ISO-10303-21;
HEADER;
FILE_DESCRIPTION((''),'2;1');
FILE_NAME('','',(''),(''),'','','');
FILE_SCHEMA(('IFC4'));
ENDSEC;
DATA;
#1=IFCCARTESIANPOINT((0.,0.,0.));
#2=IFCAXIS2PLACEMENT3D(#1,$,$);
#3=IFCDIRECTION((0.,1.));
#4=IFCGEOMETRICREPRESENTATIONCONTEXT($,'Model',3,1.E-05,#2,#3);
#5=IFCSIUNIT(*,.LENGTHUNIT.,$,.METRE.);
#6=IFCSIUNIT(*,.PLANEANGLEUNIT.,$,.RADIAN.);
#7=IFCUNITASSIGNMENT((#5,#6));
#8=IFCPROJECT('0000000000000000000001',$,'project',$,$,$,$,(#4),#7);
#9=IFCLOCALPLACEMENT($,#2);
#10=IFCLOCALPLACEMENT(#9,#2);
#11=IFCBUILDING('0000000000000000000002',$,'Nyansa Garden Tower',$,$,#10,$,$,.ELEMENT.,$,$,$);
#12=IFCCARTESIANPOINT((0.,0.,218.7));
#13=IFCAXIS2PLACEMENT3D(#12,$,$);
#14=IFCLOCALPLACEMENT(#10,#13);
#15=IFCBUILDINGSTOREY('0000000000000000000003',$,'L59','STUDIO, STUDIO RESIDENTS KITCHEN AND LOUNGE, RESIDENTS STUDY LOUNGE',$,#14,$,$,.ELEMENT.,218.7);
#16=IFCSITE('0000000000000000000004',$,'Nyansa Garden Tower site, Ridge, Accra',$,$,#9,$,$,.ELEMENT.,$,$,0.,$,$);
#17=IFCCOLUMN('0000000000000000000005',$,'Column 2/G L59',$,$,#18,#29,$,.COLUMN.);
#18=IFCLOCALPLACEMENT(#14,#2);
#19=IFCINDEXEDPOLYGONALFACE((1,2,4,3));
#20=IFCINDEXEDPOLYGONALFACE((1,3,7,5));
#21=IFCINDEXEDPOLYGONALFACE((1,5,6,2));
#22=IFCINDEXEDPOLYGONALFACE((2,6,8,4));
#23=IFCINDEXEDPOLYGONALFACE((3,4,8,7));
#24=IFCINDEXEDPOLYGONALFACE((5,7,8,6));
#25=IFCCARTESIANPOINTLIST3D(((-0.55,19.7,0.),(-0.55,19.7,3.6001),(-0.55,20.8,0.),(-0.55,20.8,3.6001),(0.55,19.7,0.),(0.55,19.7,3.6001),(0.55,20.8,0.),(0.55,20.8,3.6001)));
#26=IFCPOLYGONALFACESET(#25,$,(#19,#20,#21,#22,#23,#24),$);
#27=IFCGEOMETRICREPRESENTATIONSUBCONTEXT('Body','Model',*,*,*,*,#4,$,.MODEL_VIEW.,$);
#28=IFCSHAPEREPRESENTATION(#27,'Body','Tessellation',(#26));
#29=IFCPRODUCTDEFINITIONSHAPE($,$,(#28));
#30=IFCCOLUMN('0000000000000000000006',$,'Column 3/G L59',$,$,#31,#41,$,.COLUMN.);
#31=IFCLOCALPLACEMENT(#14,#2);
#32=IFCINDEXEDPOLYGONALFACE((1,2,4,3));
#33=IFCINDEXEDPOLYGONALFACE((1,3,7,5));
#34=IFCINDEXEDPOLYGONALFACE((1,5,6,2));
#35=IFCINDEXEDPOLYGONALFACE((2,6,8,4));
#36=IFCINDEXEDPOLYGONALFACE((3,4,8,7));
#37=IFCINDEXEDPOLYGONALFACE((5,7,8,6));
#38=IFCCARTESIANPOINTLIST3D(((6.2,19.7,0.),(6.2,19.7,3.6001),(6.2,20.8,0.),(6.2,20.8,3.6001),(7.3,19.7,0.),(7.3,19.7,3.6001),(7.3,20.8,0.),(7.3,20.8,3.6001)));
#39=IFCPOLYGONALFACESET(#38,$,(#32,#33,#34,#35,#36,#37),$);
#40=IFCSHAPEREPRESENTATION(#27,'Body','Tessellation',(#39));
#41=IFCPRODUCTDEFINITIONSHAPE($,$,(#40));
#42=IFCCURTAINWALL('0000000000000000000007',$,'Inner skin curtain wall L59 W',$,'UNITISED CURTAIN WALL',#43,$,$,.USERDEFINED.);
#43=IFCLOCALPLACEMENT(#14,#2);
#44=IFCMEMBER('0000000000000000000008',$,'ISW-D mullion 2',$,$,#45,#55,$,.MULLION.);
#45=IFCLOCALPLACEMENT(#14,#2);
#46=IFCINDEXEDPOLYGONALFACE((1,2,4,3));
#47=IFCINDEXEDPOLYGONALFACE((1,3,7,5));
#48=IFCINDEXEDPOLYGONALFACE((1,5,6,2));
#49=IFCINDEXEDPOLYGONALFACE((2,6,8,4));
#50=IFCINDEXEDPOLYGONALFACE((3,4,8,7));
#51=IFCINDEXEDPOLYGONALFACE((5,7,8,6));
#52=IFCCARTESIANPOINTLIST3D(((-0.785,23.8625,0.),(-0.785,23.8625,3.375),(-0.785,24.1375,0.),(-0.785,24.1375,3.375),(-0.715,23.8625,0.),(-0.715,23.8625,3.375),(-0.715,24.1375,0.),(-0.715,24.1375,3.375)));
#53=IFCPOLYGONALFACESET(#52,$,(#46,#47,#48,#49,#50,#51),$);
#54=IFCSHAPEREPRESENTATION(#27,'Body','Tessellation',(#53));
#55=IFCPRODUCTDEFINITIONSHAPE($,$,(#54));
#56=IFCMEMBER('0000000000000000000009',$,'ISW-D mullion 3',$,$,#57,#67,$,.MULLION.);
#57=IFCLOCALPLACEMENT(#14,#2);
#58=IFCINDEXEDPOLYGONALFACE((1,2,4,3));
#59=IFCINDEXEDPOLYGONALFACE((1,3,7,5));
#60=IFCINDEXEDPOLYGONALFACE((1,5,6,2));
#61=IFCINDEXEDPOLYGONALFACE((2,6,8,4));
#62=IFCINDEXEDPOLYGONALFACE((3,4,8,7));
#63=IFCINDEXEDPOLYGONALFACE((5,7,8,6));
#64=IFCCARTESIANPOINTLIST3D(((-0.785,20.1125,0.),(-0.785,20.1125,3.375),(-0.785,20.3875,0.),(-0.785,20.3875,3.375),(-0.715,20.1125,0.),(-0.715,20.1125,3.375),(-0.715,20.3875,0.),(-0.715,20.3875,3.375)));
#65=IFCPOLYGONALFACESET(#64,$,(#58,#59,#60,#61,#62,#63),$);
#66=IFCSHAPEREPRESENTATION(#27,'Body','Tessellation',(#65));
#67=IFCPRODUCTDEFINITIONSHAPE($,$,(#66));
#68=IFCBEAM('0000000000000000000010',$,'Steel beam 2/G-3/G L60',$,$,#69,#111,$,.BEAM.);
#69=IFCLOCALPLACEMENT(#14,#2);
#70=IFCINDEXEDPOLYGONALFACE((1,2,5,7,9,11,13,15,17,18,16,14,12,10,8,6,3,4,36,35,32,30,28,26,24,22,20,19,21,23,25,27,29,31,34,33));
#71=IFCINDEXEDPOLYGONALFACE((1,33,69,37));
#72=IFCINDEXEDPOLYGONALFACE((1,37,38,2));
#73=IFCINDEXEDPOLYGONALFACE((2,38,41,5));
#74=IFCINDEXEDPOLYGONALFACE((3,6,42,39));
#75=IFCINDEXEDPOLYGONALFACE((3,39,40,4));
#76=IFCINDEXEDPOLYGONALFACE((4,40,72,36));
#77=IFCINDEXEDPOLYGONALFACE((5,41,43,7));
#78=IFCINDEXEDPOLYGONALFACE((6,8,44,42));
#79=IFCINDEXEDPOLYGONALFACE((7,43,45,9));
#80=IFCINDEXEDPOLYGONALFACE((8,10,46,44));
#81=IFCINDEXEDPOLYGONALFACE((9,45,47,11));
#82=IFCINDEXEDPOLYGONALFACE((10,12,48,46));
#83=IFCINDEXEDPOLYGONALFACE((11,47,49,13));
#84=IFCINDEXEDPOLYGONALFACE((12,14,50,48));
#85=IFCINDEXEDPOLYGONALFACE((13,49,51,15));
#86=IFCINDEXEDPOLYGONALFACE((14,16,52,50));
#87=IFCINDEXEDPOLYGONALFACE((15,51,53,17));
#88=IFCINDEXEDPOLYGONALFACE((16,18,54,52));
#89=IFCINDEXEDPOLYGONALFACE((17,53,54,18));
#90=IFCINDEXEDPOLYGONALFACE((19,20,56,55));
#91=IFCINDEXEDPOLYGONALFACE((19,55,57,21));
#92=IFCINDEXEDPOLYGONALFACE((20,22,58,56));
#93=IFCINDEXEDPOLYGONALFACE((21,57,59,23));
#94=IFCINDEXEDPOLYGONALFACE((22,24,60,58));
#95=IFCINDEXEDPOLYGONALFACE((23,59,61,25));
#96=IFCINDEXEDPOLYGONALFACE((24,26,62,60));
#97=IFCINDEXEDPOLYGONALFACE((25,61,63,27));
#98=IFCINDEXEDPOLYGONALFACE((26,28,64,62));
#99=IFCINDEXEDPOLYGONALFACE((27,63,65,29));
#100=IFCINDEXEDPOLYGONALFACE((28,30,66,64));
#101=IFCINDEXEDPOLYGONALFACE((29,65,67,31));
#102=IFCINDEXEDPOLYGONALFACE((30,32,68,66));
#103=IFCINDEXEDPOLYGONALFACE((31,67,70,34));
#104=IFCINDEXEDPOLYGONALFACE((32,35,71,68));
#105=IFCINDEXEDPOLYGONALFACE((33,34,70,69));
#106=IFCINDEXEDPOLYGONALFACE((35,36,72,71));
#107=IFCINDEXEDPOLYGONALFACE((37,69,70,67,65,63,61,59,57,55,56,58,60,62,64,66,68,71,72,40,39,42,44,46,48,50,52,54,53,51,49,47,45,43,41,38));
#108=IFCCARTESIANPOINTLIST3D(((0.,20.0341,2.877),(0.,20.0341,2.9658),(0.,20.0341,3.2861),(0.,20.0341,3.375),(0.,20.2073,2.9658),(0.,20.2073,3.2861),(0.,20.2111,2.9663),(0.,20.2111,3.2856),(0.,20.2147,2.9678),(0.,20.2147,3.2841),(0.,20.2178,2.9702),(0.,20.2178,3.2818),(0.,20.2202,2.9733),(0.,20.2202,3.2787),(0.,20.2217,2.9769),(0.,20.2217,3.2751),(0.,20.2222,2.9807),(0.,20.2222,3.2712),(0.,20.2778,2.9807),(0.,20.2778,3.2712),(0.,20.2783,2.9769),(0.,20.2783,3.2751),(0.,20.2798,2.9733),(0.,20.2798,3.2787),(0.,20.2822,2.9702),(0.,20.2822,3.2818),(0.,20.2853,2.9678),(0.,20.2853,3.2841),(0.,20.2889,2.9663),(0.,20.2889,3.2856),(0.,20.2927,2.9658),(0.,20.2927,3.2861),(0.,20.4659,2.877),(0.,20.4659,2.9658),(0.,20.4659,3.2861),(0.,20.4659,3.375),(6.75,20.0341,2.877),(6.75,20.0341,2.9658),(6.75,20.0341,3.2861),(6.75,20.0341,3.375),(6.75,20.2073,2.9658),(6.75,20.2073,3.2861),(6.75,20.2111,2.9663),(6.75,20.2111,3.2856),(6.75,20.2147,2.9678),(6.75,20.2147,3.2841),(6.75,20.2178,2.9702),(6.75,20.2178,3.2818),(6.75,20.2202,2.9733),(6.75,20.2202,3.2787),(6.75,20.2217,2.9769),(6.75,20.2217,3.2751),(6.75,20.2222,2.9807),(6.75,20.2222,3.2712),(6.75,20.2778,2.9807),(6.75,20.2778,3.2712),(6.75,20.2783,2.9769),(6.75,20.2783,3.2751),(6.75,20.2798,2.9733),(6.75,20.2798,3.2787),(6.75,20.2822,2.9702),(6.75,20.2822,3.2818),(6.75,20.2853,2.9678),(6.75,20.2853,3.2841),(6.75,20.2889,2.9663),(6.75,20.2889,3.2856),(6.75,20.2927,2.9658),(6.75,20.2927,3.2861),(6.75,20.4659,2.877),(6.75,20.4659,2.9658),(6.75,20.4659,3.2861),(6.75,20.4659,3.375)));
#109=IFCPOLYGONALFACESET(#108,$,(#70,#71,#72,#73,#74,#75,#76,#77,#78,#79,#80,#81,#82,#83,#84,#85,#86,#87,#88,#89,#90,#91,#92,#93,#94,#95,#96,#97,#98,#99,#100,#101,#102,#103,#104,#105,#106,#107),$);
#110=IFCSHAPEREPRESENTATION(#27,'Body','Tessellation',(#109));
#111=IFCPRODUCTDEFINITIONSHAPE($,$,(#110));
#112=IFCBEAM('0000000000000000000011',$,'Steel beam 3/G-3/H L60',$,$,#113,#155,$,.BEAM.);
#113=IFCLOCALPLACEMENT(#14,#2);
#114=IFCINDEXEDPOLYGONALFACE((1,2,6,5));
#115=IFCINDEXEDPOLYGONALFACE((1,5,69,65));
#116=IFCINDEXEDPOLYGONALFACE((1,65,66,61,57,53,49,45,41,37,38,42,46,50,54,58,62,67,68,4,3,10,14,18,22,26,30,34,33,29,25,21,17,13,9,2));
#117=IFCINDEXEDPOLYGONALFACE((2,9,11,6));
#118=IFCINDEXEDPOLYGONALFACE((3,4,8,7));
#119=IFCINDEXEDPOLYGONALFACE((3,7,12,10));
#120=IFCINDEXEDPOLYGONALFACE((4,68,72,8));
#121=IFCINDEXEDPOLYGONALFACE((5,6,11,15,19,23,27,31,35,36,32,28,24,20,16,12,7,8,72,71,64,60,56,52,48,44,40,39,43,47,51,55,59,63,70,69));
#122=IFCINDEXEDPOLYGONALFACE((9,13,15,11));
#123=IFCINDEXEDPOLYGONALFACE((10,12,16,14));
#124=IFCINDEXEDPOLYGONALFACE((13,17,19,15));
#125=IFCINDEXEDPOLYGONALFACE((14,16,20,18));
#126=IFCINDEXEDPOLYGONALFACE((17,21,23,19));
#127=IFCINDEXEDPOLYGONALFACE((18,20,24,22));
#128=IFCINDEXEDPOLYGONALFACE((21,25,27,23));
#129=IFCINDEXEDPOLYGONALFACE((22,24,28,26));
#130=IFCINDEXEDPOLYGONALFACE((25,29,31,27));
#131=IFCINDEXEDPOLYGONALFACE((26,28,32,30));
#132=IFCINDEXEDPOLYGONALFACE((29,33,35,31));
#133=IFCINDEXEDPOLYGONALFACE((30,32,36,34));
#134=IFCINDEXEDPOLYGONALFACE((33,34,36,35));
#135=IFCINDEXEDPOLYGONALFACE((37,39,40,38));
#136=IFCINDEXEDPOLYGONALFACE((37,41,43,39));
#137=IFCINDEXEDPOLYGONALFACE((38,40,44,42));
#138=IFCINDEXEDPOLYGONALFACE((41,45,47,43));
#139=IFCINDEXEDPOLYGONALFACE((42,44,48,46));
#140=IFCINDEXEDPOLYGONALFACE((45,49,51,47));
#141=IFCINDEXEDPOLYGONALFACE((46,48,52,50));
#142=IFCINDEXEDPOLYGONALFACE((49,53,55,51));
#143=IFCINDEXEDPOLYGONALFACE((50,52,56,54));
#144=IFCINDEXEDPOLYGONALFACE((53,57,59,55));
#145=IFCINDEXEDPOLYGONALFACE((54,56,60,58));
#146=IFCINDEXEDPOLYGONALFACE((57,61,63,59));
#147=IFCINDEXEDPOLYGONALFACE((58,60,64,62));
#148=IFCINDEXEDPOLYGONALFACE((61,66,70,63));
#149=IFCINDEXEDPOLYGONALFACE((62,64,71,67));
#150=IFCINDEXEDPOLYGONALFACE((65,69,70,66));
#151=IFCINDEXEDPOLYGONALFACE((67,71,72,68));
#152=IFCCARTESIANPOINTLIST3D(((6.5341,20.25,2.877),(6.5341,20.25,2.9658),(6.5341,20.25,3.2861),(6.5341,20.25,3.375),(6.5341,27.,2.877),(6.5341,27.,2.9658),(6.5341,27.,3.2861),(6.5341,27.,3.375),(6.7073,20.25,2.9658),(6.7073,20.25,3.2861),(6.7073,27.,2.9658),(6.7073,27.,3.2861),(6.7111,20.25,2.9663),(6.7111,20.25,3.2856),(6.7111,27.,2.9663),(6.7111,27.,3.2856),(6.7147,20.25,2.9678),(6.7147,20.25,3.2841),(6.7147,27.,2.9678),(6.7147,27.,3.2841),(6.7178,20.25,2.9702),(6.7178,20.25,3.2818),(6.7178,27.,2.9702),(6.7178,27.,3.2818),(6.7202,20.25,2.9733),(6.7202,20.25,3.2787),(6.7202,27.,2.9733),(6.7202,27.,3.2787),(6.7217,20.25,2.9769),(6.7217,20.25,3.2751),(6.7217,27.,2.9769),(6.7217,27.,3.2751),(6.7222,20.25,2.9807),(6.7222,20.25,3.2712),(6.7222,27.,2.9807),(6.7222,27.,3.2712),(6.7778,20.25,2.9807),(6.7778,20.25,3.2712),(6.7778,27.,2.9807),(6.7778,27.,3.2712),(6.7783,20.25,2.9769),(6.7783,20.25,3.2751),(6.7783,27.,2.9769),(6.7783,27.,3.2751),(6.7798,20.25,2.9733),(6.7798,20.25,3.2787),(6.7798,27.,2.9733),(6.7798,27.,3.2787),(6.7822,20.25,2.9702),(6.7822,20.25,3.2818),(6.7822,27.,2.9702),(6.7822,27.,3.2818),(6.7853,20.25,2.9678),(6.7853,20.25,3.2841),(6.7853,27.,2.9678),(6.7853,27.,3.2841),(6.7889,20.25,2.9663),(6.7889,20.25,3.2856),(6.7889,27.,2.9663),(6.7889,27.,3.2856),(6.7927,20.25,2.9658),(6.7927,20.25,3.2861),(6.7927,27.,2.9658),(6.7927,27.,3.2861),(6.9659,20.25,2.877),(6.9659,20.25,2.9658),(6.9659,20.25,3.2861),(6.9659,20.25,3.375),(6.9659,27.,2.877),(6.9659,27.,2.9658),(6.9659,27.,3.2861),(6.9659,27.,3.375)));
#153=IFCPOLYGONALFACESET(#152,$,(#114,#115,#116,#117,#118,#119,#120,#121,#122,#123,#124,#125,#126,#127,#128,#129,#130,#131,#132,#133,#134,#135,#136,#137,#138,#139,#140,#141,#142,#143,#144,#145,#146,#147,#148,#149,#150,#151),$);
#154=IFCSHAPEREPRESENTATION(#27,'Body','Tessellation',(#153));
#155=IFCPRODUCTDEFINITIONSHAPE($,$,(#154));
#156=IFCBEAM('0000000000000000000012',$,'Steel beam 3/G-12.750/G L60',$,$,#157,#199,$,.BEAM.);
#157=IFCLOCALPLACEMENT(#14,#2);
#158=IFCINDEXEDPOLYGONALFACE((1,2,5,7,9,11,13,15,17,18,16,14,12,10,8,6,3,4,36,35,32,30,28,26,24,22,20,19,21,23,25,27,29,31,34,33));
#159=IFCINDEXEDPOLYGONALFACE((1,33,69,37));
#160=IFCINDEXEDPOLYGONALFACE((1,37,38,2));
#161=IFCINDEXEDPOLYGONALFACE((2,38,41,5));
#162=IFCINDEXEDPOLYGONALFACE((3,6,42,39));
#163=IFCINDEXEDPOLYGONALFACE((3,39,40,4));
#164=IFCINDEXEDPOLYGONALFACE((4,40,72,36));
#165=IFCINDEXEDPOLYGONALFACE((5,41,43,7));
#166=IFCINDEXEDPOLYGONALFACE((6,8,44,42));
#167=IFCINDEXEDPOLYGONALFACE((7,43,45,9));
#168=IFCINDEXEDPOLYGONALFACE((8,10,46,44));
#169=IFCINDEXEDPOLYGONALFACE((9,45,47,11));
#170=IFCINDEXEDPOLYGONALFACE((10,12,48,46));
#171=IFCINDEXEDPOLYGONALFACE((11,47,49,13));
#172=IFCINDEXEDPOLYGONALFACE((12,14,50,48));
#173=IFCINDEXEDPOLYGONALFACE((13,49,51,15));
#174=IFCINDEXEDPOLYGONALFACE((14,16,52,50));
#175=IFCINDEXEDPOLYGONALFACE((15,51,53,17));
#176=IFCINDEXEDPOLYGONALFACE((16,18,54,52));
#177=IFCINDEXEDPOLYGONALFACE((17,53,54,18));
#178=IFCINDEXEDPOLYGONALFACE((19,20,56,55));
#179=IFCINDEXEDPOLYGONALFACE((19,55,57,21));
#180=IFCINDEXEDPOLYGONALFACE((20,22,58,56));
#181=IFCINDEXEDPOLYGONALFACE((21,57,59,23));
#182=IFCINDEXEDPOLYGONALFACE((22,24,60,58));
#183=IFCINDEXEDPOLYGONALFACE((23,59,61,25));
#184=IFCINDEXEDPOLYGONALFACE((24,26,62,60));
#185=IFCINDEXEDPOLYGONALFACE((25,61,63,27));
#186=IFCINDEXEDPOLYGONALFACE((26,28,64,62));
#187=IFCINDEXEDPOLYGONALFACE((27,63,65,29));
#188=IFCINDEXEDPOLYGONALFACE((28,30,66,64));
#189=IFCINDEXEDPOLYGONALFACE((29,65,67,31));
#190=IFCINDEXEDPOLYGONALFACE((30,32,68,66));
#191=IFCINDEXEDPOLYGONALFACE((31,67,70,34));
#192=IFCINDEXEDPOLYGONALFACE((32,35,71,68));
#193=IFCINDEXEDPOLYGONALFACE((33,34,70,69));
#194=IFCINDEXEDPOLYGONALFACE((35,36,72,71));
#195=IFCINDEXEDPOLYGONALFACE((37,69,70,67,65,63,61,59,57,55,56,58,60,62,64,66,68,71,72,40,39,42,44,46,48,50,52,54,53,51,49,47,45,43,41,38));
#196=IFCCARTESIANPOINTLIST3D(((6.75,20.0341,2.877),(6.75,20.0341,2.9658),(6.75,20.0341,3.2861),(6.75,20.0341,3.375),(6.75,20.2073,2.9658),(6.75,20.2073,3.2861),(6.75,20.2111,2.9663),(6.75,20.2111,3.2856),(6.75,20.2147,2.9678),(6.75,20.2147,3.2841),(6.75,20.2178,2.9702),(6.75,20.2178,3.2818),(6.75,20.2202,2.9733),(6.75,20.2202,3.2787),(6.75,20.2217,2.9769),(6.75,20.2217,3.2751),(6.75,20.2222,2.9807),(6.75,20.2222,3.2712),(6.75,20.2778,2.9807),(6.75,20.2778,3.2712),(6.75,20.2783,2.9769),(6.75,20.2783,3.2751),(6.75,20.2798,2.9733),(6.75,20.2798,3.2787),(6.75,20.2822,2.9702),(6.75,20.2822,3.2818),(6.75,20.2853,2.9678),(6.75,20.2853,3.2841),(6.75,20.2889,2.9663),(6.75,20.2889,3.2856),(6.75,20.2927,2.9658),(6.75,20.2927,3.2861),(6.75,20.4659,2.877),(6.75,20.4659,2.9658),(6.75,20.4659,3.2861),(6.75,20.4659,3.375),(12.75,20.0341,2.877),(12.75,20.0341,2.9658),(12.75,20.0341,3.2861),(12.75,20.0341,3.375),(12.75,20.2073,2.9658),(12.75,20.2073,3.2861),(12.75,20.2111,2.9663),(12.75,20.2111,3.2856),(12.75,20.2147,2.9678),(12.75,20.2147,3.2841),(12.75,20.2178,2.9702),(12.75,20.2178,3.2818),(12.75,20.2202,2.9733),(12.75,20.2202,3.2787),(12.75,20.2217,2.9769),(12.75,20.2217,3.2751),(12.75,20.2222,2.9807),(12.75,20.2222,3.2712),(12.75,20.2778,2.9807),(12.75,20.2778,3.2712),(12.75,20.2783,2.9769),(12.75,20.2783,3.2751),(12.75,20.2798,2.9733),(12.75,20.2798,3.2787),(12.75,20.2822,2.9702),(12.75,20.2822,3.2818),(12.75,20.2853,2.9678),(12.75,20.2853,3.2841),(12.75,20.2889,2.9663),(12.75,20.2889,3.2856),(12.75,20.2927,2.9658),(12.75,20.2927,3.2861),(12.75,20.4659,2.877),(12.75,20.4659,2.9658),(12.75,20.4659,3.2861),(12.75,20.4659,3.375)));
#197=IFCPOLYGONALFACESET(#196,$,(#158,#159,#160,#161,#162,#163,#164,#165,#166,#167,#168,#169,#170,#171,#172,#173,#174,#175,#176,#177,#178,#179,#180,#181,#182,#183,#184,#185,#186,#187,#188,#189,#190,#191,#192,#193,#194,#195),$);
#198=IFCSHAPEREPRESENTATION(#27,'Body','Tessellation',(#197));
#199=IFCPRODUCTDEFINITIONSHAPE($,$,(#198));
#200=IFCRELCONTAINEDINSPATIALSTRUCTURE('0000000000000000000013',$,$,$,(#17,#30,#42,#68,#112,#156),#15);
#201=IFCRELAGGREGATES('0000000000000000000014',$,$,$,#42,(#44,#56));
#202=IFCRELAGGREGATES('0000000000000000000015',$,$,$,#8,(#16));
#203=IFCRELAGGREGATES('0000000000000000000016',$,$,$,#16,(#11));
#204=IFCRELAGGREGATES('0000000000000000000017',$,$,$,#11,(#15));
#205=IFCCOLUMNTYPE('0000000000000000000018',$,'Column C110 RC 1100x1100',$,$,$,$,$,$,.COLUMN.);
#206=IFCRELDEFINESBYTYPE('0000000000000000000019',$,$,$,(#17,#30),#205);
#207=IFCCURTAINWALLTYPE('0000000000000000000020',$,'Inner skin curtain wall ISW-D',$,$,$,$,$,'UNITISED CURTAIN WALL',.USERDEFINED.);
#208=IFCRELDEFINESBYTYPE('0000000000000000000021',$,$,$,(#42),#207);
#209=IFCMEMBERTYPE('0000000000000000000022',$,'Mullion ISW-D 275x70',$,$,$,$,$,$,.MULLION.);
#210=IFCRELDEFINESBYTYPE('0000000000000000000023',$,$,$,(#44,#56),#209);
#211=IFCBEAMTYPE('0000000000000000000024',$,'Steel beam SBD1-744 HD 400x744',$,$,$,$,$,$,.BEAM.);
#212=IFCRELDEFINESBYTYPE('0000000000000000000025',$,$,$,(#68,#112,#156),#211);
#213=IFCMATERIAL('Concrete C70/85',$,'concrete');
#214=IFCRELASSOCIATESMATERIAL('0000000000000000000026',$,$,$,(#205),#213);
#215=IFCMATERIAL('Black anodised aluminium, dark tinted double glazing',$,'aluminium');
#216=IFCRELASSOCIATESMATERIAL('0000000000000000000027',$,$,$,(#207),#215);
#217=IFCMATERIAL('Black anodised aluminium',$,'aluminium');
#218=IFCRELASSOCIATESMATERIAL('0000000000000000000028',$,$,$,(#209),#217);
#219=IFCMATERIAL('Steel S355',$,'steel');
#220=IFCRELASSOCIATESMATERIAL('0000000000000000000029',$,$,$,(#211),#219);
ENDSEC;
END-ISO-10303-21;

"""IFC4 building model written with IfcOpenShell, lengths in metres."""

from ifc_helpers import new_model, si_unit, direction, frame, origin, origin_2d, place, context, subcontext, project, spatial, rectangle, i_section, extrude, material, material_profile, profile_set, type_object, element, aggregate, save


model = new_model("IFC4")

# Units and contexts
model_context = context("Model", 3, precision=1e-05, world=origin(), true_north=direction((0.0, 1.0)))
body_context = subcontext(model_context, "Body", "Model", "MODEL_VIEW")
ifc_project = project(units=[si_unit("LENGTHUNIT", "METRE"), si_unit("PLANEANGLEUNIT", "RADIAN")], contexts=[model_context])

# Site, building, storey
site_placement = place(None, origin())
site = spatial("IfcSite", under=ifc_project, at=site_placement, Name="Nyansa Garden Tower site, Ridge, Accra", CompositionType="ELEMENT", RefElevation=0.0)
building_placement = place(site_placement, origin())
building = spatial("IfcBuilding", under=site, at=building_placement, Name="Nyansa Garden Tower", CompositionType="ELEMENT")
storey_placement = place(building_placement, frame((0.0, 0.0, 218.7)))
storey = spatial("IfcBuildingStorey", under=building, at=storey_placement, Name="L59", Description="STUDIO, STUDIO RESIDENTS KITCHEN AND LOUNGE, RESIDENTS STUDY LOUNGE", CompositionType="ELEMENT", Elevation=218.7)

# Columns
ifc_material_1 = material(Name="Concrete C70/85", Category="concrete")
ifc_material_profile_1 = material_profile(ifc_material_1, rectangle(XDim=1.1001, YDim=1.1001, at=origin_2d()), Name="RC 1100x1100")
ifc_profile_set_1 = profile_set([ifc_material_profile_1], Name="Concrete C70/85")
column_type = type_object("IfcColumnType", Name="Column C110 RC 1100x1100", PredefinedType="COLUMN", material=ifc_profile_set_1)
for number, where, z_axis, x_axis, name in (
    (1, (0.0, 20.25, 0.0), (0.0, 0.0, 1.0), (1.0, 0.0, 0.0), "Column 2/G L59"),
    (2, (6.75, 20.25, 0.0), (0.0, 0.0, 1.0), (1.0, 0.0, 0.0), "Column 3/G L59"),
):
    element("IfcColumn", number, at=place(storey_placement, frame(where, z_axis=z_axis, x_axis=x_axis)), inside=storey, type_object=column_type, Name=name, PredefinedType="COLUMN", context=body_context, shape_type="SweptSolid", body=[
        extrude(rectangle(XDim=1.1001, YDim=1.1001, at=origin_2d()), origin(), (0.0, 0.0, 1.0), 3.6001),
    ])

# Curtain wall, members
ifc_material_2 = material(Name="Black anodised aluminium, dark tinted double glazing", Category="aluminium")
curtain_wall_type = type_object("IfcCurtainWallType", Name="Inner skin curtain wall ISW-D", ElementType="UNITISED CURTAIN WALL", PredefinedType="USERDEFINED", material=ifc_material_2)
curtain_wall_placement = place(storey_placement, origin())
curtain_wall = element("IfcCurtainWall", 3, at=curtain_wall_placement, inside=storey, type_object=curtain_wall_type, Name="Inner skin curtain wall L59 W", ObjectType="UNITISED CURTAIN WALL", PredefinedType="USERDEFINED")
ifc_material_3 = material(Name="Black anodised aluminium", Category="aluminium")
ifc_material_profile_2 = material_profile(ifc_material_3, rectangle(XDim=0.0701, YDim=0.2749, at=origin_2d()), Name="Mullion 275x70")
ifc_profile_set_2 = profile_set([ifc_material_profile_2], Name="Black anodised aluminium")
member_type_1 = type_object("IfcMemberType", Name="Mullion ISW-D 275x70", PredefinedType="MULLION", material=ifc_profile_set_2)
member_1_placement = place(storey_placement, frame((-0.75, 24.0, 0.0), z_axis=(0.0, 0.0, 1.0), x_axis=(1.0, 0.0, 0.0)))
member_1 = element("IfcMember", 4, at=member_1_placement, type_object=member_type_1, Name="ISW-D mullion 2", PredefinedType="MULLION", context=body_context, shape_type="SweptSolid", body=[
    extrude(rectangle(XDim=0.0701, YDim=0.2749, at=origin_2d()), origin(), (0.0, 0.0, 1.0), 3.375),
])
member_2_placement = place(storey_placement, frame((-0.75, 20.25, 0.0), z_axis=(0.0, 0.0, 1.0), x_axis=(1.0, 0.0, 0.0)))
member_2 = element("IfcMember", 5, at=member_2_placement, type_object=member_type_1, Name="ISW-D mullion 3", PredefinedType="MULLION", context=body_context, shape_type="SweptSolid", body=[
    extrude(rectangle(XDim=0.0701, YDim=0.2749, at=origin_2d()), origin(), (0.0, 0.0, 1.0), 3.375),
])

# Beams
ifc_material_4 = material(Name="Steel S355", Category="steel")
ifc_material_profile_3 = material_profile(ifc_material_4, i_section(OverallWidth=0.4319, OverallDepth=0.498, WebThickness=0.0557, FlangeThickness=0.0889, FilletRadius=0.0149, at=origin_2d()), Name="HD 400x744")
ifc_profile_set_3 = profile_set([ifc_material_profile_3], Name="Steel S355")
beam_type_1 = type_object("IfcBeamType", Name="Steel beam SBD1-744 HD 400x744", PredefinedType="BEAM", material=ifc_profile_set_3)
for number, where, z_axis, x_axis, name in (
    (6, (0.0, 20.25, 3.126), (1.0, 0.0, 0.0), (0.0, 1.0, 0.0), "Steel beam 2/G-3/G L60"),
    (7, (6.75, 20.25, 3.126), (0.0, 1.0, 0.0), (-1.0, 0.0, 0.0), "Steel beam 3/G-3/H L60"),
):
    element("IfcBeam", number, at=place(storey_placement, frame(where, z_axis=z_axis, x_axis=x_axis)), inside=storey, type_object=beam_type_1, Name=name, PredefinedType="BEAM", context=body_context, shape_type="SweptSolid", body=[
        extrude(i_section(OverallWidth=0.4319, OverallDepth=0.498, WebThickness=0.0557, FlangeThickness=0.0889, FilletRadius=0.0149, at=origin_2d()), origin(), (0.0, 0.0, 1.0), 6.75),
    ])
beam_1_placement = place(storey_placement, frame((6.75, 20.25, 3.126), z_axis=(1.0, 0.0, 0.0), x_axis=(0.0, 1.0, 0.0)))
element("IfcBeam", 8, at=beam_1_placement, inside=storey, type_object=beam_type_1, Name="Steel beam 3/G-12.750/G L60", PredefinedType="BEAM", context=body_context, shape_type="SweptSolid", body=[
    extrude(i_section(OverallWidth=0.4319, OverallDepth=0.498, WebThickness=0.0557, FlangeThickness=0.0889, FilletRadius=0.0149, at=origin_2d()), origin(), (0.0, 0.0, 1.0), 6.0),
])

aggregate(curtain_wall, [member_1, member_2])

save(model, "model.ifc")
